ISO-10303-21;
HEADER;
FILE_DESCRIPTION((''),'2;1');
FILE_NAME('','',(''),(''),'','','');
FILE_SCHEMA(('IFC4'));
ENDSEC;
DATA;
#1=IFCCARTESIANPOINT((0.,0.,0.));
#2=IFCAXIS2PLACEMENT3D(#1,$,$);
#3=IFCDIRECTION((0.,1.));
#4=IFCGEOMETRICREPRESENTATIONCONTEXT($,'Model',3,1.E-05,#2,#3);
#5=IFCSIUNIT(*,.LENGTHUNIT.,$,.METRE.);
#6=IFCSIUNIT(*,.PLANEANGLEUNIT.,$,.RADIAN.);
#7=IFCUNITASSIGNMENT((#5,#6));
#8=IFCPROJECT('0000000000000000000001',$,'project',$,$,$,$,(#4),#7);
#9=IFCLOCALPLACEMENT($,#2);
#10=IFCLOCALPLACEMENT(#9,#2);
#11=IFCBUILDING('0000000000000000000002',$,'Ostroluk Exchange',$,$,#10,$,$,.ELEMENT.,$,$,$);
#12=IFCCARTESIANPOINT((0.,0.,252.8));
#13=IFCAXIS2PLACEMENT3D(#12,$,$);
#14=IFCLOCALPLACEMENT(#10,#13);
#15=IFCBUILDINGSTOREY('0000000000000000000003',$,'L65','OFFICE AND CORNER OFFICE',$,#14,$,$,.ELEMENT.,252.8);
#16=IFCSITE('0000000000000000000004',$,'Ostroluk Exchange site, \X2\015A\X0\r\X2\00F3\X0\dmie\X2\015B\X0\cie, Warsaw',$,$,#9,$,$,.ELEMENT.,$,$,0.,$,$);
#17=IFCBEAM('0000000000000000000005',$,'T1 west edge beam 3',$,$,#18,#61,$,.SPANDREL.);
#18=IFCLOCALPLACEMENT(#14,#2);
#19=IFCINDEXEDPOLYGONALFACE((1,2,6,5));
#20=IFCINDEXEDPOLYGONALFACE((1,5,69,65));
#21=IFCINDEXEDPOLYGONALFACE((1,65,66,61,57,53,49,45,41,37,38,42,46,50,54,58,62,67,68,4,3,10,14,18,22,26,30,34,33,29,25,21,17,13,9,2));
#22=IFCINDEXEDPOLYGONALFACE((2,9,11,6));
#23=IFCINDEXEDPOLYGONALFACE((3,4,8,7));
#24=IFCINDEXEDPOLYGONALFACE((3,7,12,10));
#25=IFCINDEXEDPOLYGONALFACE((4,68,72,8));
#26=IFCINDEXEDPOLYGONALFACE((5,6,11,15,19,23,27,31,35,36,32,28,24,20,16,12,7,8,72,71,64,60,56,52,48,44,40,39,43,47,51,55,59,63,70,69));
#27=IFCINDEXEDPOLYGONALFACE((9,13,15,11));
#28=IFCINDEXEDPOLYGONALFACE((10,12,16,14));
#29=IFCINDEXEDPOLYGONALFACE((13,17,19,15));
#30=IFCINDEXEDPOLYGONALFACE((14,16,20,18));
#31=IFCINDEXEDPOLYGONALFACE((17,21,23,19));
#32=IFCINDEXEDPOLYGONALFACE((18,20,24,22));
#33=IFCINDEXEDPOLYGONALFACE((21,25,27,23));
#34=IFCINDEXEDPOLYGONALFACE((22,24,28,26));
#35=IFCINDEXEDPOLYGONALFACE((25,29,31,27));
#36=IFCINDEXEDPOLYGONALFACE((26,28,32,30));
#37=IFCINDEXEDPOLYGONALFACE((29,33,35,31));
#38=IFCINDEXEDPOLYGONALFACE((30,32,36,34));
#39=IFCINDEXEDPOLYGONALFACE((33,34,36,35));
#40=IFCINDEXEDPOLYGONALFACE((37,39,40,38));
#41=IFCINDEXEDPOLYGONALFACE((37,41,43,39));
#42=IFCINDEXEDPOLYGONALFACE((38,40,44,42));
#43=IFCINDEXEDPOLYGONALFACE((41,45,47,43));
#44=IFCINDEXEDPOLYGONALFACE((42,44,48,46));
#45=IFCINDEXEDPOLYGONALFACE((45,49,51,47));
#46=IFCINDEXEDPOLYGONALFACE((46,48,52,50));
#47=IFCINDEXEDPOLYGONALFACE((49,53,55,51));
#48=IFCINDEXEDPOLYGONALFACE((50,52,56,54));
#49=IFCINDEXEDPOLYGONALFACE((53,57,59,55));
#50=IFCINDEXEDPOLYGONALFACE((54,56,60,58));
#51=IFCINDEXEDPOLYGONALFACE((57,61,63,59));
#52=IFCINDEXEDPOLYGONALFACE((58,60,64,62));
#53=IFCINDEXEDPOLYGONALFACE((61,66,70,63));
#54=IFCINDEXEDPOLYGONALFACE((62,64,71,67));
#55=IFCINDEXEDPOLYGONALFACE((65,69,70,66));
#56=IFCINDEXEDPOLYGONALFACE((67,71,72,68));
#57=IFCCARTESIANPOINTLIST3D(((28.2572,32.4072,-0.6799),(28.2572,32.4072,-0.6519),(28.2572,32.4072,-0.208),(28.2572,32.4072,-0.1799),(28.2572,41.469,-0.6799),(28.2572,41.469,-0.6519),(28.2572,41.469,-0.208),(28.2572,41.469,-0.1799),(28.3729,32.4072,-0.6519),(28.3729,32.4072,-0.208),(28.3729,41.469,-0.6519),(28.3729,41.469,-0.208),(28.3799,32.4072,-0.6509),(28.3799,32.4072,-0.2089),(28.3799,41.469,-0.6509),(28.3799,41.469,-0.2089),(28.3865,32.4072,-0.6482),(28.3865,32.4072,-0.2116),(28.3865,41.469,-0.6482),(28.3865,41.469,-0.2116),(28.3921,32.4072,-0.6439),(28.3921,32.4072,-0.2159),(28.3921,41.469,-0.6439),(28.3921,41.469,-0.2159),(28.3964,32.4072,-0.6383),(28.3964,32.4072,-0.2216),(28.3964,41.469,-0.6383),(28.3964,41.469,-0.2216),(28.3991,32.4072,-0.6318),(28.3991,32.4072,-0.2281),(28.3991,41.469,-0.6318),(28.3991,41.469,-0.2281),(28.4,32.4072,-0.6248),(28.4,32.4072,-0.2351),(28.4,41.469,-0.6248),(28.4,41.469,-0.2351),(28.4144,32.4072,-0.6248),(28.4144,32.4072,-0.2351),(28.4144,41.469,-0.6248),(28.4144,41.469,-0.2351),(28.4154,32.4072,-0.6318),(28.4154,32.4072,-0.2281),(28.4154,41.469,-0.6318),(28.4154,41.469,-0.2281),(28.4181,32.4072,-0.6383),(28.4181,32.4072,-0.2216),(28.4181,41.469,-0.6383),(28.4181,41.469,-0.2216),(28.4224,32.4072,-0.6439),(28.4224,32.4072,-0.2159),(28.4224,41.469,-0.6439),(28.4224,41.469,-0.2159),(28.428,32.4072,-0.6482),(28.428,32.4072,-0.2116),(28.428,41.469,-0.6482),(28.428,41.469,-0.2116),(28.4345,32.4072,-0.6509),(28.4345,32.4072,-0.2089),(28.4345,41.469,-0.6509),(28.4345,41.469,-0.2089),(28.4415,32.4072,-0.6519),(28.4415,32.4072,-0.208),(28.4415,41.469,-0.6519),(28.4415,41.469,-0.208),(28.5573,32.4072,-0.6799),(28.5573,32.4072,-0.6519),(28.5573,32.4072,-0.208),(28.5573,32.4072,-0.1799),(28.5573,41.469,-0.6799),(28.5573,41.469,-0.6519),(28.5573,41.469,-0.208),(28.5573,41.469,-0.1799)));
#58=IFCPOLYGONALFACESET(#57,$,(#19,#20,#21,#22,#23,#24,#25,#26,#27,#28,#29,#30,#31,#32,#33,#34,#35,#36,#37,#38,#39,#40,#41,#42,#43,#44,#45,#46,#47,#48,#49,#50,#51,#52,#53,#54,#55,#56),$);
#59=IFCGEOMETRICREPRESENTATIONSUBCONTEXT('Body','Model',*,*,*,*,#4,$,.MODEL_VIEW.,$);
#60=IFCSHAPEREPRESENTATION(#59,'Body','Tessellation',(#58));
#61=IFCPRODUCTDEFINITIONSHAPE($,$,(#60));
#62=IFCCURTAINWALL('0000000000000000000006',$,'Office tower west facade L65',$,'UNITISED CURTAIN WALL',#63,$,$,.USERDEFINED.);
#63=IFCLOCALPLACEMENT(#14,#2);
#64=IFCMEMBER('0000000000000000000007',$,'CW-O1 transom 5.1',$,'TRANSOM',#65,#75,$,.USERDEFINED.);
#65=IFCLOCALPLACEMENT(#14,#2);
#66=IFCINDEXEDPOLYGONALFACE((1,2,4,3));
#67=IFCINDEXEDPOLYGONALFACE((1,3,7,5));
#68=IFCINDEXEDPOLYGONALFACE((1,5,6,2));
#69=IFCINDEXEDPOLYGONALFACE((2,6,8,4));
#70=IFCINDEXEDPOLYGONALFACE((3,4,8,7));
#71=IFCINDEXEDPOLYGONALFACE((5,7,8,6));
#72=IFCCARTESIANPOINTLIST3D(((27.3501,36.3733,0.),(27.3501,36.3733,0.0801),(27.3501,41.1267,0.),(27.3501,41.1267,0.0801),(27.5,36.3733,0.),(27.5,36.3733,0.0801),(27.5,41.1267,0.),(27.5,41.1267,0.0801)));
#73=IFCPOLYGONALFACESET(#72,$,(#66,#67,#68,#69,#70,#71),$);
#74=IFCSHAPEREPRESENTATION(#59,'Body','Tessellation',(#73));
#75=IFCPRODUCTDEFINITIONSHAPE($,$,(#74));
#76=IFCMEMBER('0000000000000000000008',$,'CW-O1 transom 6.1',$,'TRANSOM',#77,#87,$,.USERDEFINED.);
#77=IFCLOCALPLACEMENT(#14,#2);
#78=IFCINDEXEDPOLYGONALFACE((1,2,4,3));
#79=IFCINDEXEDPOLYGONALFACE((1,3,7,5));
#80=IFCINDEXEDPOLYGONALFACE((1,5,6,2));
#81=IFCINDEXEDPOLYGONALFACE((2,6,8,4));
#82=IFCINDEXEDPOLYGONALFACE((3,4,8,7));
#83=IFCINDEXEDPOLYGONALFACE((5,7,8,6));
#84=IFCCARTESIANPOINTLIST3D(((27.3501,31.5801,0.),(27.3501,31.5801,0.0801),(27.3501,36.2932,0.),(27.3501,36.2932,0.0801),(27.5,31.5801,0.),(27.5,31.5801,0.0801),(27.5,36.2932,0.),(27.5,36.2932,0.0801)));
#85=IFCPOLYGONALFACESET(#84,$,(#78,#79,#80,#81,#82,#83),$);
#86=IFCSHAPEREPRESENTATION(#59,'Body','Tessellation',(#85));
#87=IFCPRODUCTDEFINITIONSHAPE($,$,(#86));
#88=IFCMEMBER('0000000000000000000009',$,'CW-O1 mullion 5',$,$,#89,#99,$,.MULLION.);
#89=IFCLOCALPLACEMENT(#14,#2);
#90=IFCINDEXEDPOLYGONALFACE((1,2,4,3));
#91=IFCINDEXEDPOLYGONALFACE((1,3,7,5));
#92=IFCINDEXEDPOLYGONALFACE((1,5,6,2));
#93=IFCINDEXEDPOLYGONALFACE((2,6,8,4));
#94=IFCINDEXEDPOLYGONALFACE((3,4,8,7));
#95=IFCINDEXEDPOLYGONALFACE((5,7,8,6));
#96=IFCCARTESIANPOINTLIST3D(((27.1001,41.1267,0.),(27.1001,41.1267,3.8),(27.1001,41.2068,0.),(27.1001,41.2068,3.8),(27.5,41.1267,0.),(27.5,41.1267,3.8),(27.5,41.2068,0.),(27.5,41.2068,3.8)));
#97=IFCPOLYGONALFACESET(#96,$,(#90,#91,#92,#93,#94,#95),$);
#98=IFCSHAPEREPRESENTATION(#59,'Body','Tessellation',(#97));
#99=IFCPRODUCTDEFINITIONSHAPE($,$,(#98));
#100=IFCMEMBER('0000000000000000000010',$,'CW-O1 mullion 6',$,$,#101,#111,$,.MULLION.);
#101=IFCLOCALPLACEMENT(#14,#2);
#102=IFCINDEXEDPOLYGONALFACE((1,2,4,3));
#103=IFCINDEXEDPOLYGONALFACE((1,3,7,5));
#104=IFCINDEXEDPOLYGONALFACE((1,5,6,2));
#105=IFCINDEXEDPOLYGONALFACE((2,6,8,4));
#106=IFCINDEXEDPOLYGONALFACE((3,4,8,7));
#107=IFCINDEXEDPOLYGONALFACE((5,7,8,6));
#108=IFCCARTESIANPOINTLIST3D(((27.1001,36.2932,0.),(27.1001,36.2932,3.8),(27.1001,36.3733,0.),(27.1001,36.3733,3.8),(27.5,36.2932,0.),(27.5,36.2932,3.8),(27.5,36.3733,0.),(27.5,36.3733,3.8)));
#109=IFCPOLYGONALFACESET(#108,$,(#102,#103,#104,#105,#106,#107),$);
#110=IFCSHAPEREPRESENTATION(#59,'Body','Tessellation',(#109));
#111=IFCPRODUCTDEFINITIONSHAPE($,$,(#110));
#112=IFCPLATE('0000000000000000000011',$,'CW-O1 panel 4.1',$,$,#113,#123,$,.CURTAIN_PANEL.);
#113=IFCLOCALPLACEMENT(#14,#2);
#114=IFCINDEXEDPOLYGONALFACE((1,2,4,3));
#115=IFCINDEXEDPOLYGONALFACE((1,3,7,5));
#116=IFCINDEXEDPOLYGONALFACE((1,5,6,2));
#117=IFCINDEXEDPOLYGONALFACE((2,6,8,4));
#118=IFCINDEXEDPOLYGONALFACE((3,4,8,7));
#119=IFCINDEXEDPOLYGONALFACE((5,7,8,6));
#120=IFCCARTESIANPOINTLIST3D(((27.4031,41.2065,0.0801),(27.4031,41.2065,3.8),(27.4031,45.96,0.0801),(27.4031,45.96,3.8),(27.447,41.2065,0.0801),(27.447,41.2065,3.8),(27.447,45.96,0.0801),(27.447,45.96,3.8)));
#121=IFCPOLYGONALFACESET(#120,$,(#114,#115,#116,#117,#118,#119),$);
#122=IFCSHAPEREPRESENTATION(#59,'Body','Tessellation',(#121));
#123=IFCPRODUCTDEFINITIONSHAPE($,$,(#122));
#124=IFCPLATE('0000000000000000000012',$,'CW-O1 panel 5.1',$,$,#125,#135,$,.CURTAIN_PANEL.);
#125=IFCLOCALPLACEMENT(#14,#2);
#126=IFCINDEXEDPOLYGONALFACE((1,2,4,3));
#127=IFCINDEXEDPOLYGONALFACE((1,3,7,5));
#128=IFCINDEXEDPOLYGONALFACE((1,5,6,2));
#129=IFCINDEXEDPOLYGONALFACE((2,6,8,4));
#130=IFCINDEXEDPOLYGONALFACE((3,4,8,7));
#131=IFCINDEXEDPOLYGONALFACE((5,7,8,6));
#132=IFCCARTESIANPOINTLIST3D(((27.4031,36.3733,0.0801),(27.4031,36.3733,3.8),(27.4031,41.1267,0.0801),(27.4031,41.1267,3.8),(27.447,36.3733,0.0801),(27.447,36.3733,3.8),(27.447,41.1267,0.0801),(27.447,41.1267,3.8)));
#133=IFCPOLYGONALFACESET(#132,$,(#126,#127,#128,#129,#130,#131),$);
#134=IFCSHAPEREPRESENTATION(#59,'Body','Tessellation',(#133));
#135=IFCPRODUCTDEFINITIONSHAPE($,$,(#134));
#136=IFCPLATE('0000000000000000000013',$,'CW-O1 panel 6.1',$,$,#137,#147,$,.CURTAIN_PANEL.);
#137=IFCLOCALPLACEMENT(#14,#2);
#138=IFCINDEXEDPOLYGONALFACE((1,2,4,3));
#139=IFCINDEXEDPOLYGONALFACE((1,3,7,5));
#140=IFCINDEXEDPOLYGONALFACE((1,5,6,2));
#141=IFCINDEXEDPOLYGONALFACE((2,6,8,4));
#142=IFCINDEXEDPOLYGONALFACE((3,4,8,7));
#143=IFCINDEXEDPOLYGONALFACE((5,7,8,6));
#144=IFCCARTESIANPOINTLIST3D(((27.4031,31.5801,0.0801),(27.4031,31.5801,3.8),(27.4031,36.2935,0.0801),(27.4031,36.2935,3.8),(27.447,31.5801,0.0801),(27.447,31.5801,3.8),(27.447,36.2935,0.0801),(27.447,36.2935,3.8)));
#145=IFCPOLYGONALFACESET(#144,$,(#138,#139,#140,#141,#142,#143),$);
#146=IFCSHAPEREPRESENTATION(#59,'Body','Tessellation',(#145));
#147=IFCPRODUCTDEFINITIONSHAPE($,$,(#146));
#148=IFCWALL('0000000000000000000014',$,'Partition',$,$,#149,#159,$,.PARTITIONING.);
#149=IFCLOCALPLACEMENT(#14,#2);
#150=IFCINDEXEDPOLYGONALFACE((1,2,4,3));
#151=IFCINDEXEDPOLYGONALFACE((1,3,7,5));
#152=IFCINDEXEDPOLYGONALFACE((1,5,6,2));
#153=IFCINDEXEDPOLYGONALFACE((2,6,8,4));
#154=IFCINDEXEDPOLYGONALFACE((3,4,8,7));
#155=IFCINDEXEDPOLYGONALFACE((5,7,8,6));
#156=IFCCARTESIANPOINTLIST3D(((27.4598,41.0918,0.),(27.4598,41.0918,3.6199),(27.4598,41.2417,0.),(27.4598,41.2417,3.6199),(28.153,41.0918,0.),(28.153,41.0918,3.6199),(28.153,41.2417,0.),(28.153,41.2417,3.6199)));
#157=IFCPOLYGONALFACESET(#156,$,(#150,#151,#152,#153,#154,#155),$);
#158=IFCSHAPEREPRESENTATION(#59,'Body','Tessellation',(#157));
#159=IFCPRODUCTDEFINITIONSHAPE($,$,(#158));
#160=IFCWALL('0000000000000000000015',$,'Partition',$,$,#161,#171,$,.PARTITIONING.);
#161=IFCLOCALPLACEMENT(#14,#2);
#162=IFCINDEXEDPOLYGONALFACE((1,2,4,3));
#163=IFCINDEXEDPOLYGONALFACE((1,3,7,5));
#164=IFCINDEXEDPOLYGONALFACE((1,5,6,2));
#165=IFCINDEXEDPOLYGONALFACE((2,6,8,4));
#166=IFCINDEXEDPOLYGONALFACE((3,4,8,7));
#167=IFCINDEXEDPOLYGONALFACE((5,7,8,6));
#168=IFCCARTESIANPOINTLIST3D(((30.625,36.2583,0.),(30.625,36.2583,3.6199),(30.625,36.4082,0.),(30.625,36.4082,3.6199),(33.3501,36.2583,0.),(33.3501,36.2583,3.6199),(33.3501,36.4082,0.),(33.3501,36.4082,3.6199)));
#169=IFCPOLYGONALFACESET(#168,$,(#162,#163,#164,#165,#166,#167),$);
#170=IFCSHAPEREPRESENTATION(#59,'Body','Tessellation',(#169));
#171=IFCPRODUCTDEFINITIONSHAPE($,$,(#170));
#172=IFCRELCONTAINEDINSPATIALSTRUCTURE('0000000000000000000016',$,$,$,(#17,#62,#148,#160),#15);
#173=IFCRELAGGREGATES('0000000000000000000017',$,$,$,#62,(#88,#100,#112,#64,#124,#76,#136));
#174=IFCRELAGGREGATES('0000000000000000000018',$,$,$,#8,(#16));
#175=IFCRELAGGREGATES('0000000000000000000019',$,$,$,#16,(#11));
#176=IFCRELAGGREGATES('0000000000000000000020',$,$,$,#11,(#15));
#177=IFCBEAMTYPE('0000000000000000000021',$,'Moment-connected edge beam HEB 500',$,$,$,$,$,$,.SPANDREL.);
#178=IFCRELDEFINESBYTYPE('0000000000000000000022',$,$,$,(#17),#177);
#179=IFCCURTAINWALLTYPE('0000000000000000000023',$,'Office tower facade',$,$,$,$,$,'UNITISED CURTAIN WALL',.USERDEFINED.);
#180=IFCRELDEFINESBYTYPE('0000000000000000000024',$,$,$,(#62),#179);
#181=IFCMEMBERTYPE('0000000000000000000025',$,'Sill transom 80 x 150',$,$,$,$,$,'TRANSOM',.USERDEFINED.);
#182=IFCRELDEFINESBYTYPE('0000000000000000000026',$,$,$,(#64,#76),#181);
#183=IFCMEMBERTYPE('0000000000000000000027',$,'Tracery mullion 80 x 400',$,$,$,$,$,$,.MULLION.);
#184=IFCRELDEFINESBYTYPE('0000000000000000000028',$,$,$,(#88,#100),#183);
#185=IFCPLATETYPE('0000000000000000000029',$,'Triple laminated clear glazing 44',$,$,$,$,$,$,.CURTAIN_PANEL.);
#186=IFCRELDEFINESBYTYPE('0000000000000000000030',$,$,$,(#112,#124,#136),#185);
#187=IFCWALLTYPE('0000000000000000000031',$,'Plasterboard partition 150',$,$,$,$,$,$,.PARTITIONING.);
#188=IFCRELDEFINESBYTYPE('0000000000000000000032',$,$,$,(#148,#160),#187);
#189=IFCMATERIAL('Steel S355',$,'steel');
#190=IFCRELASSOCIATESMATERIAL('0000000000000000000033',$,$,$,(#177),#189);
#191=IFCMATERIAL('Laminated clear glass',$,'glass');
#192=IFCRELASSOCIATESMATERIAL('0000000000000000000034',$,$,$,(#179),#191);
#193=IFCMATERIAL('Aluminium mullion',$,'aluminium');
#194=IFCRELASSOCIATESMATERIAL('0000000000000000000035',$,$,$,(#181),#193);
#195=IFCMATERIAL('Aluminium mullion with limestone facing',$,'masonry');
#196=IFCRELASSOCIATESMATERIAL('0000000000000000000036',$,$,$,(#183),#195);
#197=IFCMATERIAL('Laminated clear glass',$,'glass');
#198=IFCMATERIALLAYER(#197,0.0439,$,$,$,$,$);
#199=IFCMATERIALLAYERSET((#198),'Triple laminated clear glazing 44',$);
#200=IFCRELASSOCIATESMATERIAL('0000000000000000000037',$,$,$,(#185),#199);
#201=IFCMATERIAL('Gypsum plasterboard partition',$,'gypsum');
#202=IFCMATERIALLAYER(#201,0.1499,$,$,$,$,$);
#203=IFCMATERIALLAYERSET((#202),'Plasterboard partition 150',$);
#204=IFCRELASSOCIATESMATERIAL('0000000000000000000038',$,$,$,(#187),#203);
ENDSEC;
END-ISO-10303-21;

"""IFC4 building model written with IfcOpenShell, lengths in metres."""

from ifc_helpers import new_model, si_unit, direction, frame, frame_2d, origin, origin_2d, place, context, subcontext, project, spatial, rectangle, i_section, extrude, material, layer, layer_set, material_profile, profile_set, type_object, element, aggregate, save


model = new_model("IFC4")

# Units and contexts
model_context = context("Model", 3, precision=1e-05, world=origin(), true_north=direction((0.0, 1.0)))
body_context = subcontext(model_context, "Body", "Model", "MODEL_VIEW")
ifc_project = project(units=[si_unit("LENGTHUNIT", "METRE"), si_unit("PLANEANGLEUNIT", "RADIAN")], contexts=[model_context])

# Site, building, storey
site_placement = place(None, origin())
site = spatial("IfcSite", under=ifc_project, at=site_placement, Name="Ostroluk Exchange site, Śródmieście, Warsaw", CompositionType="ELEMENT", RefElevation=0.0)
building_placement = place(site_placement, origin())
building = spatial("IfcBuilding", under=site, at=building_placement, Name="Ostroluk Exchange", CompositionType="ELEMENT")
storey_placement = place(building_placement, frame((0.0, 0.0, 252.8)))
storey = spatial("IfcBuildingStorey", under=building, at=storey_placement, Name="L65", Description="OFFICE AND CORNER OFFICE", CompositionType="ELEMENT", Elevation=252.8)

# Beam
ifc_material_1 = material(Name="Steel S355", Category="steel")
ifc_material_profile_1 = material_profile(ifc_material_1, i_section(OverallWidth=0.3, OverallDepth=0.5, WebThickness=0.0144, FlangeThickness=0.0281, FilletRadius=0.0271, at=origin_2d()), Name="HEB 500")
ifc_profile_set_1 = profile_set([ifc_material_profile_1], Name="Steel S355")
beam_type_1 = type_object("IfcBeamType", Name="Moment-connected edge beam HEB 500", PredefinedType="SPANDREL", material=ifc_profile_set_1)
beam_1_placement = place(storey_placement, frame((28.4072, 41.469, -0.4299), z_axis=(0.0, -1.0, 0.0), x_axis=(1.0, 0.0, 0.0)))
element("IfcBeam", 1, at=beam_1_placement, inside=storey, type_object=beam_type_1, Name="T1 west edge beam 3", PredefinedType="SPANDREL", context=body_context, shape_type="SweptSolid", body=[
    extrude(i_section(OverallWidth=0.3, OverallDepth=0.5, WebThickness=0.0144, FlangeThickness=0.0281, FilletRadius=0.0271, at=origin_2d()), origin(), (0.0, 0.0, 1.0), 9.0618),
])

# Curtain wall, members, plates
ifc_material_2 = material(Name="Laminated clear glass", Category="glass")
curtain_wall_type = type_object("IfcCurtainWallType", Name="Office tower facade", ElementType="UNITISED CURTAIN WALL", PredefinedType="USERDEFINED", material=ifc_material_2)
curtain_wall_placement = place(storey_placement, origin())
curtain_wall = element("IfcCurtainWall", 2, at=curtain_wall_placement, inside=storey, type_object=curtain_wall_type, Name="Office tower west facade L65", ObjectType="UNITISED CURTAIN WALL", PredefinedType="USERDEFINED")
ifc_material_3 = material(Name="Aluminium mullion", Category="aluminium")
ifc_material_profile_2 = material_profile(ifc_material_3, rectangle(XDim=0.1499, YDim=0.0801, at=origin_2d()), Name="Sill transom 80 x 150")
ifc_profile_set_2 = profile_set([ifc_material_profile_2], Name="Aluminium mullion")
member_type_1 = type_object("IfcMemberType", Name="Sill transom 80 x 150", ElementType="TRANSOM", PredefinedType="USERDEFINED", material=ifc_profile_set_2)
member_1_placement = place(storey_placement, frame((27.425, 41.1267, 0.04), z_axis=(0.0, -1.0, 0.0), x_axis=(1.0, 0.0, 0.0)))
member_1 = element("IfcMember", 3, at=member_1_placement, type_object=member_type_1, Name="CW-O1 transom 5.1", ObjectType="TRANSOM", PredefinedType="USERDEFINED", context=body_context, shape_type="SweptSolid", body=[
    extrude(rectangle(XDim=0.1499, YDim=0.0801, at=origin_2d()), origin(), (0.0, 0.0, 1.0), 4.7534),
])
member_2_placement = place(storey_placement, frame((27.425, 36.2932, 0.04), z_axis=(0.0, -1.0, 0.0), x_axis=(1.0, 0.0, 0.0)))
member_2 = element("IfcMember", 4, at=member_2_placement, type_object=member_type_1, Name="CW-O1 transom 6.1", ObjectType="TRANSOM", PredefinedType="USERDEFINED", context=body_context, shape_type="SweptSolid", body=[
    extrude(rectangle(XDim=0.1499, YDim=0.0801, at=origin_2d()), origin(), (0.0, 0.0, 1.0), 4.7131),
])
ifc_material_4 = material(Name="Aluminium mullion with limestone facing", Category="masonry")
ifc_material_profile_3 = material_profile(ifc_material_4, rectangle(XDim=0.3999, YDim=0.0801, at=origin_2d()), Name="Tracery mullion 80 x 400")
ifc_profile_set_3 = profile_set([ifc_material_profile_3], Name="Aluminium mullion with limestone facing")
member_type_2 = type_object("IfcMemberType", Name="Tracery mullion 80 x 400", PredefinedType="MULLION", material=ifc_profile_set_3)
member_3_placement = place(storey_placement, frame((27.3, 41.1667, 0.0), z_axis=(0.0, 0.0, 1.0), x_axis=(1.0, 0.0, 0.0)))
member_3 = element("IfcMember", 5, at=member_3_placement, type_object=member_type_2, Name="CW-O1 mullion 5", PredefinedType="MULLION", context=body_context, shape_type="SweptSolid", body=[
    extrude(rectangle(XDim=0.3999, YDim=0.0801, at=origin_2d()), origin(), (0.0, 0.0, 1.0), 3.8),
])
member_4_placement = place(storey_placement, frame((27.3, 36.3333, 0.0), z_axis=(0.0, 0.0, 1.0), x_axis=(1.0, 0.0, 0.0)))
member_4 = element("IfcMember", 6, at=member_4_placement, type_object=member_type_2, Name="CW-O1 mullion 6", PredefinedType="MULLION", context=body_context, shape_type="SweptSolid", body=[
    extrude(rectangle(XDim=0.3999, YDim=0.0801, at=origin_2d()), origin(), (0.0, 0.0, 1.0), 3.8),
])
ifc_material_5 = material(Name="Laminated clear glass", Category="glass")
ifc_layer_1 = layer(ifc_material_5, 0.0439)
ifc_layer_set_1 = layer_set([ifc_layer_1], Name="Triple laminated clear glazing 44")
plate_type = type_object("IfcPlateType", Name="Triple laminated clear glazing 44", PredefinedType="CURTAIN_PANEL", material=ifc_layer_set_1)
plate_1_placement = place(storey_placement, frame((27.425, 43.5833, 0.0801), z_axis=(0.0, 0.0, 1.0), x_axis=(0.0, -1.0, 0.0)))
plate_1 = element("IfcPlate", 7, at=plate_1_placement, type_object=plate_type, Name="CW-O1 panel 4.1", PredefinedType="CURTAIN_PANEL", context=body_context, shape_type="SweptSolid", body=[
    extrude(rectangle(XDim=4.7534, YDim=0.0439, at=origin_2d()), origin(), (0.0, 0.0, 1.0), 3.72),
])
plate_2_placement = place(storey_placement, frame((27.425, 38.75, 0.0801), z_axis=(0.0, 0.0, 1.0), x_axis=(0.0, -1.0, 0.0)))
plate_2 = element("IfcPlate", 8, at=plate_2_placement, type_object=plate_type, Name="CW-O1 panel 5.1", PredefinedType="CURTAIN_PANEL", context=body_context, shape_type="SweptSolid", body=[
    extrude(rectangle(XDim=4.7534, YDim=0.0439, at=origin_2d()), origin(), (0.0, 0.0, 1.0), 3.72),
])
plate_3_placement = place(storey_placement, frame((27.425, 33.9368, 0.0801), z_axis=(0.0, 0.0, 1.0), x_axis=(0.0, -1.0, 0.0)))
plate_3 = element("IfcPlate", 9, at=plate_3_placement, type_object=plate_type, Name="CW-O1 panel 6.1", PredefinedType="CURTAIN_PANEL", context=body_context, shape_type="SweptSolid", body=[
    extrude(rectangle(XDim=4.7134, YDim=0.0439, at=origin_2d()), origin(), (0.0, 0.0, 1.0), 3.72),
])
aggregate(curtain_wall, [member_3, member_4, plate_1, member_1, plate_2, member_2, plate_3])

# Walls
ifc_material_6 = material(Name="Gypsum plasterboard partition", Category="gypsum")
ifc_layer_2 = layer(ifc_material_6, 0.1499)
ifc_layer_set_2 = layer_set([ifc_layer_2], Name="Plasterboard partition 150")
wall_type_1 = type_object("IfcWallType", Name="Plasterboard partition 150", PredefinedType="PARTITIONING", material=ifc_layer_set_2)
wall_1_placement = place(storey_placement, frame((28.1531, 41.1667, 0.0), z_axis=(0.0, 0.0, 1.0), x_axis=(-1.0, 0.0, 0.0)))
element("IfcWall", 10, at=wall_1_placement, inside=storey, type_object=wall_type_1, Name="Partition", PredefinedType="PARTITIONING", context=body_context, shape_type="SweptSolid", body=[
    extrude(rectangle(XDim=0.6931, YDim=0.1499, at=frame_2d((0.3467, 0.0))), origin(), (0.0, 0.0, 1.0), 3.6199),
])
wall_2_placement = place(storey_placement, frame((33.3501, 36.3333, 0.0), z_axis=(0.0, 0.0, 1.0), x_axis=(-1.0, 0.0, 0.0)))
element("IfcWall", 11, at=wall_2_placement, inside=storey, type_object=wall_type_1, Name="Partition", PredefinedType="PARTITIONING", context=body_context, shape_type="SweptSolid", body=[
    extrude(rectangle(XDim=2.7251, YDim=0.1499, at=frame_2d((1.3625, 0.0))), origin(), (0.0, 0.0, 1.0), 3.6199),
])

save(model, "model.ifc")
